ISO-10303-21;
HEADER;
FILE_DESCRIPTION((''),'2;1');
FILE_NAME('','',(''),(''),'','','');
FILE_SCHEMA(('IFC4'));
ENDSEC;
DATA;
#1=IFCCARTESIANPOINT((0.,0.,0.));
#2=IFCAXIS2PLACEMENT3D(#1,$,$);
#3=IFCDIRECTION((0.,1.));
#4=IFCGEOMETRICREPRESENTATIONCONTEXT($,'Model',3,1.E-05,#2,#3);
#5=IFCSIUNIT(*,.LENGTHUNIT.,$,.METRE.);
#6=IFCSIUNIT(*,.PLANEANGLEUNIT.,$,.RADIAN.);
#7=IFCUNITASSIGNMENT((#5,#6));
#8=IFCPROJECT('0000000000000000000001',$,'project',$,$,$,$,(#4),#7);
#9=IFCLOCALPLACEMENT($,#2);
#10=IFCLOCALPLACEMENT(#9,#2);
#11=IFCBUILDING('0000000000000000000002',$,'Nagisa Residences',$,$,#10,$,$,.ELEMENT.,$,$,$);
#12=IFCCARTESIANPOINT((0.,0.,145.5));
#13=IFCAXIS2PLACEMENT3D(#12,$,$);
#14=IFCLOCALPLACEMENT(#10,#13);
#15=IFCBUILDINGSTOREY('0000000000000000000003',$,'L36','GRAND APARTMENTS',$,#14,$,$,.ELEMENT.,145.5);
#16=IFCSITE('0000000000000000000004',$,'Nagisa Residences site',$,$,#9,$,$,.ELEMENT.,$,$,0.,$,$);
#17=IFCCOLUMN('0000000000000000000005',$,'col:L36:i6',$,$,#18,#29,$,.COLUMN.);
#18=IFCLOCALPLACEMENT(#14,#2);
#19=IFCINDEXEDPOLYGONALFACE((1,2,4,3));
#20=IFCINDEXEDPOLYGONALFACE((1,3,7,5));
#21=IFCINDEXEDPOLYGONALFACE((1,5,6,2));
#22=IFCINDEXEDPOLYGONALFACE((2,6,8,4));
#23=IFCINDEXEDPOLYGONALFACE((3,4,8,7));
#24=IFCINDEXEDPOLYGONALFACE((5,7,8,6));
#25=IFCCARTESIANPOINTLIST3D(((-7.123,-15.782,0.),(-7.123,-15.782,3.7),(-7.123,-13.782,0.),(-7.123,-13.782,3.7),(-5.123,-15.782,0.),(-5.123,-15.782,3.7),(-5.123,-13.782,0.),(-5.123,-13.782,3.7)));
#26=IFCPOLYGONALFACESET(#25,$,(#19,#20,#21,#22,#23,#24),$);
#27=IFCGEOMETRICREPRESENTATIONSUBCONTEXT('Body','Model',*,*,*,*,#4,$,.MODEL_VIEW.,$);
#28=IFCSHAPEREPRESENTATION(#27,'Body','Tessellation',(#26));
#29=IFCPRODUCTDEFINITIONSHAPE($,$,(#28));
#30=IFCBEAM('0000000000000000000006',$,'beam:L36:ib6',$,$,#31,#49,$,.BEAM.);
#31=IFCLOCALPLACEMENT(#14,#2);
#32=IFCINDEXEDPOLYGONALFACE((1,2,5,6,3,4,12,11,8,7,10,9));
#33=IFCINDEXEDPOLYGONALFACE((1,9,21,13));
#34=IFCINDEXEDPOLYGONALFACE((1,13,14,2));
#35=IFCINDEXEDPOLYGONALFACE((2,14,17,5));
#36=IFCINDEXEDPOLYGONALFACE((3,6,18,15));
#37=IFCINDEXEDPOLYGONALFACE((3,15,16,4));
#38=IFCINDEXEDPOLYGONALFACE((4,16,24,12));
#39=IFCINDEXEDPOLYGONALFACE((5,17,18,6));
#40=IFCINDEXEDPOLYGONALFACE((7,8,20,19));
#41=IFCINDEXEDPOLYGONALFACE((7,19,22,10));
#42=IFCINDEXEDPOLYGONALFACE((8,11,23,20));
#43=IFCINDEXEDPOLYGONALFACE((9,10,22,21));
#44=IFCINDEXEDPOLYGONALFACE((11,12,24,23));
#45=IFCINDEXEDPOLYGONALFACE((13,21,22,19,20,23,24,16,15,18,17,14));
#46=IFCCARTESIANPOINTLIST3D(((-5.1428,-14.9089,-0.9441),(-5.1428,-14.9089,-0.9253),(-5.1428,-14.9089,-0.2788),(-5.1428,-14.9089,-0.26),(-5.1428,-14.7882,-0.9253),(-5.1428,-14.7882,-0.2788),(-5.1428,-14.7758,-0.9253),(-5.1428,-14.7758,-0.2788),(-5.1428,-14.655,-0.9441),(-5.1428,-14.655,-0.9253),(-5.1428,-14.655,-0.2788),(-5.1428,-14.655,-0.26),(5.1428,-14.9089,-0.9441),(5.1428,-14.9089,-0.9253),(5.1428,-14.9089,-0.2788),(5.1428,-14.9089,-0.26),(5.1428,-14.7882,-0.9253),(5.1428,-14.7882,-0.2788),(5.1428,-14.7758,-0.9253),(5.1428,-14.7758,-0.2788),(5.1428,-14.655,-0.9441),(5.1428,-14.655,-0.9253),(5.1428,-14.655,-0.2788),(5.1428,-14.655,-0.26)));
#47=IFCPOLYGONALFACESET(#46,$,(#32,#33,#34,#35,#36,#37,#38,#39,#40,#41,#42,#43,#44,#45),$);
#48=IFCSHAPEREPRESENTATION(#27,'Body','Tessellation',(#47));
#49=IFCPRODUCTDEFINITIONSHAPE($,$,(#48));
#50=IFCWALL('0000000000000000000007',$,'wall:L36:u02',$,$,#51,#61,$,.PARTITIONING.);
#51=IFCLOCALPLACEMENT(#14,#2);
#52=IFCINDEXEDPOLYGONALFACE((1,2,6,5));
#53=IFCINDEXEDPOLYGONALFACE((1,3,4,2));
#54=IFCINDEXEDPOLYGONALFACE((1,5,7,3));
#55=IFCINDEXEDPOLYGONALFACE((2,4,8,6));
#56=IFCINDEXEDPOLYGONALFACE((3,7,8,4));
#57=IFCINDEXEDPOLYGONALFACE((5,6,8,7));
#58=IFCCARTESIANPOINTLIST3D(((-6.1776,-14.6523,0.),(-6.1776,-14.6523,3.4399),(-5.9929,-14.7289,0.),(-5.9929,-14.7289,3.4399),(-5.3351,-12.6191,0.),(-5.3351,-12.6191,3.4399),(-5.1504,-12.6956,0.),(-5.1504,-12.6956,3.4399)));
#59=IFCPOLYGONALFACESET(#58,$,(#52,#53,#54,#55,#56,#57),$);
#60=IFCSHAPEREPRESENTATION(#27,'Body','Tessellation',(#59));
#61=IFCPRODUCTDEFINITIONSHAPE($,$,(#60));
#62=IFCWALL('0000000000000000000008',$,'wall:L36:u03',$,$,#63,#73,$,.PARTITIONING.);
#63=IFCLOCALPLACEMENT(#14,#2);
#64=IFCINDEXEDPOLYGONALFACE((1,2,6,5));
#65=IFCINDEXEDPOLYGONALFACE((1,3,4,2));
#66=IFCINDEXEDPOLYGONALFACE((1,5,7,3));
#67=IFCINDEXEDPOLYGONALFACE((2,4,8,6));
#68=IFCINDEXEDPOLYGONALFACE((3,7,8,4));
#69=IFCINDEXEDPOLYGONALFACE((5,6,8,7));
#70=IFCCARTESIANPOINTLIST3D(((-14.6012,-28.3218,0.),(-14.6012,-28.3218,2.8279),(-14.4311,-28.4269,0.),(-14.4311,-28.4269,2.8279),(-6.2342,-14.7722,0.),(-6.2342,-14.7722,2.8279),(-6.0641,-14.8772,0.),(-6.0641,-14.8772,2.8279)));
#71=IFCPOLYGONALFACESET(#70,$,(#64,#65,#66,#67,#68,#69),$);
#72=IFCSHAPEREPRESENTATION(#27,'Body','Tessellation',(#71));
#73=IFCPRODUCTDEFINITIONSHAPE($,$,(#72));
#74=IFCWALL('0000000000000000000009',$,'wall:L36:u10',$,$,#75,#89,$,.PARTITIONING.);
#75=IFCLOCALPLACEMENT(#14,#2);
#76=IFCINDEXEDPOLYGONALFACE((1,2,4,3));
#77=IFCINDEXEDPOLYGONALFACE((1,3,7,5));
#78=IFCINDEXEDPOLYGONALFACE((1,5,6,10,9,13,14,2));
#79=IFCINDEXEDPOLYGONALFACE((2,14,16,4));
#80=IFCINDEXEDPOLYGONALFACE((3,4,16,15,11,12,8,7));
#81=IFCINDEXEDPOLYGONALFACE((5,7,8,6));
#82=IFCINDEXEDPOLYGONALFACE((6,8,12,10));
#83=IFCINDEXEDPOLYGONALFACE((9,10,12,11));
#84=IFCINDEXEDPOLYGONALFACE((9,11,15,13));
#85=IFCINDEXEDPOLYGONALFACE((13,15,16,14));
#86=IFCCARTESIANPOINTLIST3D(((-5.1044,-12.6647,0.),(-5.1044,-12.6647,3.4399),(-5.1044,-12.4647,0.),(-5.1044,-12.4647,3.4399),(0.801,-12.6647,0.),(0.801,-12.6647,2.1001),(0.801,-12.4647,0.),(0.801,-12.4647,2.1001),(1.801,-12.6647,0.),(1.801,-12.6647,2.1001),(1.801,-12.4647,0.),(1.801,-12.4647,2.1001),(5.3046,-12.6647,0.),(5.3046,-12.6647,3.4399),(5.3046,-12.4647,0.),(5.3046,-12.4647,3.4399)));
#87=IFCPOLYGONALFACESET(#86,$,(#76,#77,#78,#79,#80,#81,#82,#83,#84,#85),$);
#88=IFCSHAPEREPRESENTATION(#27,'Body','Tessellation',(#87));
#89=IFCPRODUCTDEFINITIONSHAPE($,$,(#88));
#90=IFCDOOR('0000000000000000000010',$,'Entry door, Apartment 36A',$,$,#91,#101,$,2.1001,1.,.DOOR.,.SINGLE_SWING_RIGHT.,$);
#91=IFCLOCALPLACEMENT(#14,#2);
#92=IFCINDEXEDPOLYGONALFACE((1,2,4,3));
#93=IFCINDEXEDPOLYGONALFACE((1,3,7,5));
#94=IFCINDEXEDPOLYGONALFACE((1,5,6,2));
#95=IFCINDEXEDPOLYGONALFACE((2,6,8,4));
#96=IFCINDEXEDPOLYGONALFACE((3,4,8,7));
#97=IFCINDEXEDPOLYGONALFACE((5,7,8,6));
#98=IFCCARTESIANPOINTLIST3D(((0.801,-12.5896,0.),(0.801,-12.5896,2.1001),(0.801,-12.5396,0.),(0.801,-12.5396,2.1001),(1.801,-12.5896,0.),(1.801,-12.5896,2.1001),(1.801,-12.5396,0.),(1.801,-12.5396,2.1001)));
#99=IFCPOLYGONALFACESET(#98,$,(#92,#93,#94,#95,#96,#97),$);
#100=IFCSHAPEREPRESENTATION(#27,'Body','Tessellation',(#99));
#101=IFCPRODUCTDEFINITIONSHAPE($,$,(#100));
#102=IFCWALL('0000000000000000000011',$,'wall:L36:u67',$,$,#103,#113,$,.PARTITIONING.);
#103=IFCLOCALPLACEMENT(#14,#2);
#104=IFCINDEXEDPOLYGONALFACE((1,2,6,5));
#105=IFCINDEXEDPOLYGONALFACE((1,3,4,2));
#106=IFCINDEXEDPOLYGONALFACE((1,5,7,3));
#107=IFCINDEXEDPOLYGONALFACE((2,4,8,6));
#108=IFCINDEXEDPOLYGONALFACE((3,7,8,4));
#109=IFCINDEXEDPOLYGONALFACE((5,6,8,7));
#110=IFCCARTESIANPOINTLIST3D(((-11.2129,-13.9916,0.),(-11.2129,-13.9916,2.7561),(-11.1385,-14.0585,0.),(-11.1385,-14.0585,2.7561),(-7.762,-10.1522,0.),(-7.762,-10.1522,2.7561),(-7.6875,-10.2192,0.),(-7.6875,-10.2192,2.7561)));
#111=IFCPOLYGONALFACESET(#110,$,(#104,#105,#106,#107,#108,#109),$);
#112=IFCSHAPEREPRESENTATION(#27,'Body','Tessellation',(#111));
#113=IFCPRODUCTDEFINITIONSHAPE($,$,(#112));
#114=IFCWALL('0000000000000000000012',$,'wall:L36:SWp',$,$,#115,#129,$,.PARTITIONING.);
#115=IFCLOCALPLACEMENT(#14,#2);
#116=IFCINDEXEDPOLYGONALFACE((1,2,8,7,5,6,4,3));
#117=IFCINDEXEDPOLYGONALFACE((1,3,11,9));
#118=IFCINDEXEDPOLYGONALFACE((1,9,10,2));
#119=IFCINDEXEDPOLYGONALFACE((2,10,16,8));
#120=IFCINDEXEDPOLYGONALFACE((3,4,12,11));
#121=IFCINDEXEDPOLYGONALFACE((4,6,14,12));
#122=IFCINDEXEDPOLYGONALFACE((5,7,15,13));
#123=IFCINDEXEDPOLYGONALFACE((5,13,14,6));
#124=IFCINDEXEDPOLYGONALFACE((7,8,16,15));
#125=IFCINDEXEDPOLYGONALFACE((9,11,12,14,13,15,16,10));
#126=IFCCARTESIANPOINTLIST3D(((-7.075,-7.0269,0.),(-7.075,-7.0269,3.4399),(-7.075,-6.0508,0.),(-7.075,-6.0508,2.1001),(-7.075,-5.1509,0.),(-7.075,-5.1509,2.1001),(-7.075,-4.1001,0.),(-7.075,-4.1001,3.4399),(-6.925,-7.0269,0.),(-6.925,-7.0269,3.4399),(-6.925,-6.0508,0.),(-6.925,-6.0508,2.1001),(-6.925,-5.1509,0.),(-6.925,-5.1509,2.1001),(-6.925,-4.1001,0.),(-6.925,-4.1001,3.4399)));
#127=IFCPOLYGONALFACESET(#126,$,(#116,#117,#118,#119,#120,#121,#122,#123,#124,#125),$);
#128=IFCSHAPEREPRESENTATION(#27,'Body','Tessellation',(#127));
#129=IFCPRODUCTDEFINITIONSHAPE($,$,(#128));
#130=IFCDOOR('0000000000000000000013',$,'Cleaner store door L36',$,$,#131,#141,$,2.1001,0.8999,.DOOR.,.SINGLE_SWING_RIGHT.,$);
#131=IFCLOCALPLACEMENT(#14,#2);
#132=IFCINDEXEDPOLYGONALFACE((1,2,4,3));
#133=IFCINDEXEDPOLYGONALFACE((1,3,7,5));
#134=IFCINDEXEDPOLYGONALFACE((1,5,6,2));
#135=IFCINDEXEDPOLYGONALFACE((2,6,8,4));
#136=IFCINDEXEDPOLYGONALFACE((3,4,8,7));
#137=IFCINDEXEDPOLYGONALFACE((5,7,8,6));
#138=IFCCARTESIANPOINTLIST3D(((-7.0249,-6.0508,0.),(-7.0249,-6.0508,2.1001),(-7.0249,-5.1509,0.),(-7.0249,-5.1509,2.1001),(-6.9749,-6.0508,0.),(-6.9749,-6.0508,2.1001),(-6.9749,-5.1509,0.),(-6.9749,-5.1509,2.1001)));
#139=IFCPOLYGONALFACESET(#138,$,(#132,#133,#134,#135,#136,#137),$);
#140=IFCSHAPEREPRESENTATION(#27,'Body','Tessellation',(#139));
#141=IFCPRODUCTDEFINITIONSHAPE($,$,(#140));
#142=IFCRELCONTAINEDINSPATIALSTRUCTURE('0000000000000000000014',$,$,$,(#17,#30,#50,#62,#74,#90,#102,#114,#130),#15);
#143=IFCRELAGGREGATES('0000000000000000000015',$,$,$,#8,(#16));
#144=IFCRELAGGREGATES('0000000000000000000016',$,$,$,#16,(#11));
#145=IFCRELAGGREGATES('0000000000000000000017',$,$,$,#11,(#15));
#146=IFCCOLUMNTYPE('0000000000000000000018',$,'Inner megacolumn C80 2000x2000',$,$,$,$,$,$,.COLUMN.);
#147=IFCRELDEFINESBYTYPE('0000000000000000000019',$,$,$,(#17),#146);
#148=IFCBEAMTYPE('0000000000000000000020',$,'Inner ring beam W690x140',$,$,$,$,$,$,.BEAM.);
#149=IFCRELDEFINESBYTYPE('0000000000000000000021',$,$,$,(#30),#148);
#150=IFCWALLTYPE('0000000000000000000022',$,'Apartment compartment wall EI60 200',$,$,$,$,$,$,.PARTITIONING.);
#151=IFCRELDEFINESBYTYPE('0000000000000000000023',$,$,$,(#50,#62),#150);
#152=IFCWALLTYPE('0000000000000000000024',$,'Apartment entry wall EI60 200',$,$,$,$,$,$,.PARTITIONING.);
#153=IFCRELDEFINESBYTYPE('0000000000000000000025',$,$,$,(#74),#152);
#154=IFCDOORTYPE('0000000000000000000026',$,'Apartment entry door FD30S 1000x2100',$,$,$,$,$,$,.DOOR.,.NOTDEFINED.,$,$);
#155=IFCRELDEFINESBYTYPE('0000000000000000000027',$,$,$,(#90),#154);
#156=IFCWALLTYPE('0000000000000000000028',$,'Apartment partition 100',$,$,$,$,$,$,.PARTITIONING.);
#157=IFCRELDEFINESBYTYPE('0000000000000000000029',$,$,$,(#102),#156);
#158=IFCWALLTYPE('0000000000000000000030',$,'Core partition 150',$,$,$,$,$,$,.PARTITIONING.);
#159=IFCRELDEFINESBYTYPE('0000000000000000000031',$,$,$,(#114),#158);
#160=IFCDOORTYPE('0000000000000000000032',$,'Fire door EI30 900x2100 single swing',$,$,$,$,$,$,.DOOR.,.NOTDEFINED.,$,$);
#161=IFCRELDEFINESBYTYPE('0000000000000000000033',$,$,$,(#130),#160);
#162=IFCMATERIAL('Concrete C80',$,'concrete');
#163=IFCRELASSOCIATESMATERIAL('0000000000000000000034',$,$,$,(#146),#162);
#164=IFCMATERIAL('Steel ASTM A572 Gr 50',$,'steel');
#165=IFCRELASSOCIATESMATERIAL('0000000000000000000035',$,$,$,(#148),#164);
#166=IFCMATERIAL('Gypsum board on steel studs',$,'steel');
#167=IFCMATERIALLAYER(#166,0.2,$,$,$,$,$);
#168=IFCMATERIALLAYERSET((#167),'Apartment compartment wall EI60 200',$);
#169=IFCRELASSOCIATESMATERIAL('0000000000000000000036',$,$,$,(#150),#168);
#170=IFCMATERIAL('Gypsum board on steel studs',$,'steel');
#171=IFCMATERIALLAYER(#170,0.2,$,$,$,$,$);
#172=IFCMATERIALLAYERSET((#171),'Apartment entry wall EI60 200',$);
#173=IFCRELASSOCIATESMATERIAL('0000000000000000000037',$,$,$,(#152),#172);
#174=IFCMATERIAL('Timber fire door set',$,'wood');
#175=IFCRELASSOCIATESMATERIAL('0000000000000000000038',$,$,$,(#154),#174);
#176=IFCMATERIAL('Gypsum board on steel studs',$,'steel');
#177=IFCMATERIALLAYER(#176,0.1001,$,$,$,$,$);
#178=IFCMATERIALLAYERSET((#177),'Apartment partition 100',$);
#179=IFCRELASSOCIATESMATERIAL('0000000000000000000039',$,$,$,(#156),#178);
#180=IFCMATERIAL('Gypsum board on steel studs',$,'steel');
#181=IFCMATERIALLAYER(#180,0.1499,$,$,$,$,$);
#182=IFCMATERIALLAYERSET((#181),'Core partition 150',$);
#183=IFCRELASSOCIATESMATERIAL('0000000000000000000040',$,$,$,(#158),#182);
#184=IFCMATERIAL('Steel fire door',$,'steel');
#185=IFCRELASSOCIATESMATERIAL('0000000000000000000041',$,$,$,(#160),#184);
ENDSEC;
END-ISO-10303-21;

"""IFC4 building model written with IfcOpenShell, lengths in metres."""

from ifc_helpers import new_model, si_unit, direction, frame, frame_2d, origin, origin_2d, place, context, subcontext, project, spatial, rectangle, i_section, extrude, material, layer, layer_set, material_profile, profile_set, type_object, element, fill, save


model = new_model("IFC4")

# Units and contexts
model_context = context("Model", 3, precision=1e-05, world=origin(), true_north=direction((0.0, 1.0)))
body_context = subcontext(model_context, "Body", "Model", "MODEL_VIEW")
ifc_project = project(units=[si_unit("LENGTHUNIT", "METRE"), si_unit("PLANEANGLEUNIT", "RADIAN")], contexts=[model_context])

# Site, building, storey
site_placement = place(None, origin())
site = spatial("IfcSite", under=ifc_project, at=site_placement, Name="Nagisa Residences site", CompositionType="ELEMENT", RefElevation=0.0)
building_placement = place(site_placement, origin())
building = spatial("IfcBuilding", under=site, at=building_placement, Name="Nagisa Residences", CompositionType="ELEMENT")
storey_placement = place(building_placement, frame((0.0, 0.0, 145.5)))
storey = spatial("IfcBuildingStorey", under=building, at=storey_placement, Name="L36", Description="GRAND APARTMENTS", CompositionType="ELEMENT", Elevation=145.5)

# Column
ifc_material_1 = material(Name="Concrete C80", Category="concrete")
ifc_material_profile_1 = material_profile(ifc_material_1, rectangle(XDim=2.0, YDim=2.0, at=origin_2d()), Name="C80 2000x2000")
ifc_profile_set_1 = profile_set([ifc_material_profile_1], Name="Concrete C80")
column_type = type_object("IfcColumnType", Name="Inner megacolumn C80 2000x2000", PredefinedType="COLUMN", material=ifc_profile_set_1)
column_placement = place(storey_placement, frame((-6.123, -14.782, 0.0), z_axis=(0.0, 0.0, 1.0), x_axis=(1.0, 0.0, 0.0)))
element("IfcColumn", 1, at=column_placement, inside=storey, type_object=column_type, Name="col:L36:i6", PredefinedType="COLUMN", context=body_context, shape_type="SweptSolid", body=[
    extrude(rectangle(XDim=2.0, YDim=2.0, at=origin_2d()), origin(), (0.0, 0.0, 1.0), 3.7),
])

# Beam
ifc_material_2 = material(Name="Steel ASTM A572 Gr 50", Category="steel")
ifc_material_profile_2 = material_profile(ifc_material_2, i_section(OverallWidth=0.2539, OverallDepth=0.6841, WebThickness=0.0125, FlangeThickness=0.0188, at=origin_2d()), Name="W690x140")
ifc_profile_set_2 = profile_set([ifc_material_profile_2], Name="Steel ASTM A572 Gr 50")
beam_type = type_object("IfcBeamType", Name="Inner ring beam W690x140", PredefinedType="BEAM", material=ifc_profile_set_2)
beam_placement = place(storey_placement, frame((-5.1428, -14.782, -0.6021), z_axis=(1.0, 0.0, 0.0), x_axis=(0.0, 1.0, 0.0)))
element("IfcBeam", 2, at=beam_placement, inside=storey, type_object=beam_type, Name="beam:L36:ib6", PredefinedType="BEAM", context=body_context, shape_type="SweptSolid", body=[
    extrude(i_section(OverallWidth=0.2539, OverallDepth=0.6841, WebThickness=0.0125, FlangeThickness=0.0188, at=origin_2d()), origin(), (0.0, 0.0, 1.0), 10.2856),
])

# Walls
ifc_material_3 = material(Name="Gypsum board on steel studs", Category="steel")
ifc_layer_1 = layer(ifc_material_3, 0.2)
ifc_layer_set_1 = layer_set([ifc_layer_1], Name="Apartment compartment wall EI60 200")
wall_type_1 = type_object("IfcWallType", Name="Apartment compartment wall EI60 200", PredefinedType="PARTITIONING", material=ifc_layer_set_1)
wall_1_placement = place(storey_placement, frame((-5.2427, -12.6572, 0.0), z_axis=(0.0, 0.0, 1.0), x_axis=(-0.382819, -0.923823, 0.0)))
element("IfcWall", 3, at=wall_1_placement, inside=storey, type_object=wall_type_1, Name="wall:L36:u02", PredefinedType="PARTITIONING", context=body_context, shape_type="SweptSolid", body=[
    extrude(rectangle(XDim=2.2009, YDim=0.2, at=frame_2d((1.1006, 0.0))), origin(), (0.0, 0.0, 1.0), 3.4399),
])
wall_2_placement = place(storey_placement, frame((-6.1492, -14.8247, 0.0), z_axis=(0.0, 0.0, 1.0), x_axis=(-0.525406, -0.850851, 0.0)))
element("IfcWall", 4, at=wall_2_placement, inside=storey, type_object=wall_type_1, Name="wall:L36:u03", PredefinedType="PARTITIONING", context=body_context, shape_type="SweptSolid", body=[
    extrude(rectangle(XDim=15.9248, YDim=0.2, at=frame_2d((7.9624, 0.0))), origin(), (0.0, 0.0, 1.0), 2.8279),
])

# Wall, opening, door
ifc_material_4 = material(Name="Gypsum board on steel studs", Category="steel")
ifc_layer_2 = layer(ifc_material_4, 0.2)
ifc_layer_set_2 = layer_set([ifc_layer_2], Name="Apartment entry wall EI60 200")
wall_type_2 = type_object("IfcWallType", Name="Apartment entry wall EI60 200", PredefinedType="PARTITIONING", material=ifc_layer_set_2)
wall_3_placement = place(storey_placement, frame((-5.1045, -12.5647, 0.0), z_axis=(0.0, 0.0, 1.0), x_axis=(1.0, 0.0, 0.0)))
wall_3 = element("IfcWall", 5, at=wall_3_placement, inside=storey, type_object=wall_type_2, Name="wall:L36:u10", PredefinedType="PARTITIONING", context=body_context, shape_type="SweptSolid", body=[
    extrude(rectangle(XDim=10.4089, YDim=0.2, at=frame_2d((5.2046, 0.0))), origin(), (0.0, 0.0, 1.0), 3.4399),
])
opening_1_placement = place(wall_3_placement, frame((5.9055, 0.0, 0.0)))
opening_1 = element("IfcOpeningElement", 6, at=opening_1_placement, cuts=wall_3, PredefinedType="OPENING", context=body_context, shape_type="SweptSolid", body=[
    extrude(rectangle(XDim=1.0, YDim=2.1001, at=frame_2d((0.5, 1.05))), frame((0.0, 0.1099, 0.0), z_axis=(0.0, -1.0, 0.0), x_axis=(1.0, 0.0, 0.0)), (0.0, 0.0, 1.0), 0.22),
])
ifc_material_5 = material(Name="Timber fire door set", Category="wood")
door_type_1 = type_object("IfcDoorType", Name="Apartment entry door FD30S 1000x2100", OperationType="NOTDEFINED", PredefinedType="DOOR", material=ifc_material_5)
door_1_placement = place(opening_1_placement, frame((1.0, 0.0, 0.0), x_axis=(-1.0, 0.0, 0.0)))
door_1 = element("IfcDoor", 7, at=door_1_placement, inside=storey, type_object=door_type_1, Name="Entry door, Apartment 36A", OperationType="SINGLE_SWING_RIGHT", OverallHeight=2.1001, OverallWidth=1.0, PredefinedType="DOOR", context=body_context, shape_type="SweptSolid", body=[
    extrude(rectangle(XDim=1.0, YDim=2.1001, at=frame_2d((0.5, 1.05))), frame((0.0, 0.0249, 0.0), z_axis=(0.0, -1.0, 0.0), x_axis=(1.0, 0.0, 0.0)), (0.0, 0.0, 1.0), 0.05),
])
fill(opening_1, door_1)

# Wall
ifc_material_6 = material(Name="Gypsum board on steel studs", Category="steel")
ifc_layer_3 = layer(ifc_material_6, 0.1001)
ifc_layer_set_3 = layer_set([ifc_layer_3], Name="Apartment partition 100")
wall_type_3 = type_object("IfcWallType", Name="Apartment partition 100", PredefinedType="PARTITIONING", material=ifc_layer_set_3)
wall_4_placement = place(storey_placement, frame((-7.7249, -10.1858, 0.0), z_axis=(0.0, 0.0, 1.0), x_axis=(-0.668484, -0.743727, 0.0)))
element("IfcWall", 8, at=wall_4_placement, inside=storey, type_object=wall_type_3, Name="wall:L36:u67", PredefinedType="PARTITIONING", context=body_context, shape_type="SweptSolid", body=[
    extrude(rectangle(XDim=5.1624, YDim=0.1001, at=frame_2d((2.5811, 0.0))), origin(), (0.0, 0.0, 1.0), 2.7561),
])

# Wall, opening, door
ifc_material_7 = material(Name="Gypsum board on steel studs", Category="steel")
ifc_layer_4 = layer(ifc_material_7, 0.1499)
ifc_layer_set_4 = layer_set([ifc_layer_4], Name="Core partition 150")
wall_type_4 = type_object("IfcWallType", Name="Core partition 150", PredefinedType="PARTITIONING", material=ifc_layer_set_4)
wall_5_placement = place(storey_placement, frame((-7.0, -7.0269, 0.0), z_axis=(0.0, 0.0, 1.0), x_axis=(0.0, 1.0, 0.0)))
wall_5 = element("IfcWall", 9, at=wall_5_placement, inside=storey, type_object=wall_type_4, Name="wall:L36:SWp", PredefinedType="PARTITIONING", context=body_context, shape_type="SweptSolid", body=[
    extrude(rectangle(XDim=2.9268, YDim=0.1499, at=frame_2d((1.4634, 0.0))), origin(), (0.0, 0.0, 1.0), 3.4399),
])
opening_2_placement = place(wall_5_placement, frame((0.9761, 0.0, 0.0)))
opening_2 = element("IfcOpeningElement", 10, at=opening_2_placement, cuts=wall_5, PredefinedType="OPENING", context=body_context, shape_type="SweptSolid", body=[
    extrude(rectangle(XDim=0.8999, YDim=2.1001, at=frame_2d((0.45, 1.05))), frame((0.0, 0.085, 0.0), z_axis=(0.0, -1.0, 0.0), x_axis=(1.0, 0.0, 0.0)), (0.0, 0.0, 1.0), 0.1699),
])
ifc_material_8 = material(Name="Steel fire door", Category="steel")
door_type_2 = type_object("IfcDoorType", Name="Fire door EI30 900x2100 single swing", OperationType="NOTDEFINED", PredefinedType="DOOR", material=ifc_material_8)
door_2_placement = place(opening_2_placement, origin())
door_2 = element("IfcDoor", 11, at=door_2_placement, inside=storey, type_object=door_type_2, Name="Cleaner store door L36", OperationType="SINGLE_SWING_RIGHT", OverallHeight=2.1001, OverallWidth=0.8999, PredefinedType="DOOR", context=body_context, shape_type="SweptSolid", body=[
    extrude(rectangle(XDim=0.8999, YDim=2.1001, at=frame_2d((0.45, 1.05))), frame((0.0, 0.0249, 0.0), z_axis=(0.0, -1.0, 0.0), x_axis=(1.0, 0.0, 0.0)), (0.0, 0.0, 1.0), 0.05),
])
fill(opening_2, door_2)

save(model, "model.ifc")
